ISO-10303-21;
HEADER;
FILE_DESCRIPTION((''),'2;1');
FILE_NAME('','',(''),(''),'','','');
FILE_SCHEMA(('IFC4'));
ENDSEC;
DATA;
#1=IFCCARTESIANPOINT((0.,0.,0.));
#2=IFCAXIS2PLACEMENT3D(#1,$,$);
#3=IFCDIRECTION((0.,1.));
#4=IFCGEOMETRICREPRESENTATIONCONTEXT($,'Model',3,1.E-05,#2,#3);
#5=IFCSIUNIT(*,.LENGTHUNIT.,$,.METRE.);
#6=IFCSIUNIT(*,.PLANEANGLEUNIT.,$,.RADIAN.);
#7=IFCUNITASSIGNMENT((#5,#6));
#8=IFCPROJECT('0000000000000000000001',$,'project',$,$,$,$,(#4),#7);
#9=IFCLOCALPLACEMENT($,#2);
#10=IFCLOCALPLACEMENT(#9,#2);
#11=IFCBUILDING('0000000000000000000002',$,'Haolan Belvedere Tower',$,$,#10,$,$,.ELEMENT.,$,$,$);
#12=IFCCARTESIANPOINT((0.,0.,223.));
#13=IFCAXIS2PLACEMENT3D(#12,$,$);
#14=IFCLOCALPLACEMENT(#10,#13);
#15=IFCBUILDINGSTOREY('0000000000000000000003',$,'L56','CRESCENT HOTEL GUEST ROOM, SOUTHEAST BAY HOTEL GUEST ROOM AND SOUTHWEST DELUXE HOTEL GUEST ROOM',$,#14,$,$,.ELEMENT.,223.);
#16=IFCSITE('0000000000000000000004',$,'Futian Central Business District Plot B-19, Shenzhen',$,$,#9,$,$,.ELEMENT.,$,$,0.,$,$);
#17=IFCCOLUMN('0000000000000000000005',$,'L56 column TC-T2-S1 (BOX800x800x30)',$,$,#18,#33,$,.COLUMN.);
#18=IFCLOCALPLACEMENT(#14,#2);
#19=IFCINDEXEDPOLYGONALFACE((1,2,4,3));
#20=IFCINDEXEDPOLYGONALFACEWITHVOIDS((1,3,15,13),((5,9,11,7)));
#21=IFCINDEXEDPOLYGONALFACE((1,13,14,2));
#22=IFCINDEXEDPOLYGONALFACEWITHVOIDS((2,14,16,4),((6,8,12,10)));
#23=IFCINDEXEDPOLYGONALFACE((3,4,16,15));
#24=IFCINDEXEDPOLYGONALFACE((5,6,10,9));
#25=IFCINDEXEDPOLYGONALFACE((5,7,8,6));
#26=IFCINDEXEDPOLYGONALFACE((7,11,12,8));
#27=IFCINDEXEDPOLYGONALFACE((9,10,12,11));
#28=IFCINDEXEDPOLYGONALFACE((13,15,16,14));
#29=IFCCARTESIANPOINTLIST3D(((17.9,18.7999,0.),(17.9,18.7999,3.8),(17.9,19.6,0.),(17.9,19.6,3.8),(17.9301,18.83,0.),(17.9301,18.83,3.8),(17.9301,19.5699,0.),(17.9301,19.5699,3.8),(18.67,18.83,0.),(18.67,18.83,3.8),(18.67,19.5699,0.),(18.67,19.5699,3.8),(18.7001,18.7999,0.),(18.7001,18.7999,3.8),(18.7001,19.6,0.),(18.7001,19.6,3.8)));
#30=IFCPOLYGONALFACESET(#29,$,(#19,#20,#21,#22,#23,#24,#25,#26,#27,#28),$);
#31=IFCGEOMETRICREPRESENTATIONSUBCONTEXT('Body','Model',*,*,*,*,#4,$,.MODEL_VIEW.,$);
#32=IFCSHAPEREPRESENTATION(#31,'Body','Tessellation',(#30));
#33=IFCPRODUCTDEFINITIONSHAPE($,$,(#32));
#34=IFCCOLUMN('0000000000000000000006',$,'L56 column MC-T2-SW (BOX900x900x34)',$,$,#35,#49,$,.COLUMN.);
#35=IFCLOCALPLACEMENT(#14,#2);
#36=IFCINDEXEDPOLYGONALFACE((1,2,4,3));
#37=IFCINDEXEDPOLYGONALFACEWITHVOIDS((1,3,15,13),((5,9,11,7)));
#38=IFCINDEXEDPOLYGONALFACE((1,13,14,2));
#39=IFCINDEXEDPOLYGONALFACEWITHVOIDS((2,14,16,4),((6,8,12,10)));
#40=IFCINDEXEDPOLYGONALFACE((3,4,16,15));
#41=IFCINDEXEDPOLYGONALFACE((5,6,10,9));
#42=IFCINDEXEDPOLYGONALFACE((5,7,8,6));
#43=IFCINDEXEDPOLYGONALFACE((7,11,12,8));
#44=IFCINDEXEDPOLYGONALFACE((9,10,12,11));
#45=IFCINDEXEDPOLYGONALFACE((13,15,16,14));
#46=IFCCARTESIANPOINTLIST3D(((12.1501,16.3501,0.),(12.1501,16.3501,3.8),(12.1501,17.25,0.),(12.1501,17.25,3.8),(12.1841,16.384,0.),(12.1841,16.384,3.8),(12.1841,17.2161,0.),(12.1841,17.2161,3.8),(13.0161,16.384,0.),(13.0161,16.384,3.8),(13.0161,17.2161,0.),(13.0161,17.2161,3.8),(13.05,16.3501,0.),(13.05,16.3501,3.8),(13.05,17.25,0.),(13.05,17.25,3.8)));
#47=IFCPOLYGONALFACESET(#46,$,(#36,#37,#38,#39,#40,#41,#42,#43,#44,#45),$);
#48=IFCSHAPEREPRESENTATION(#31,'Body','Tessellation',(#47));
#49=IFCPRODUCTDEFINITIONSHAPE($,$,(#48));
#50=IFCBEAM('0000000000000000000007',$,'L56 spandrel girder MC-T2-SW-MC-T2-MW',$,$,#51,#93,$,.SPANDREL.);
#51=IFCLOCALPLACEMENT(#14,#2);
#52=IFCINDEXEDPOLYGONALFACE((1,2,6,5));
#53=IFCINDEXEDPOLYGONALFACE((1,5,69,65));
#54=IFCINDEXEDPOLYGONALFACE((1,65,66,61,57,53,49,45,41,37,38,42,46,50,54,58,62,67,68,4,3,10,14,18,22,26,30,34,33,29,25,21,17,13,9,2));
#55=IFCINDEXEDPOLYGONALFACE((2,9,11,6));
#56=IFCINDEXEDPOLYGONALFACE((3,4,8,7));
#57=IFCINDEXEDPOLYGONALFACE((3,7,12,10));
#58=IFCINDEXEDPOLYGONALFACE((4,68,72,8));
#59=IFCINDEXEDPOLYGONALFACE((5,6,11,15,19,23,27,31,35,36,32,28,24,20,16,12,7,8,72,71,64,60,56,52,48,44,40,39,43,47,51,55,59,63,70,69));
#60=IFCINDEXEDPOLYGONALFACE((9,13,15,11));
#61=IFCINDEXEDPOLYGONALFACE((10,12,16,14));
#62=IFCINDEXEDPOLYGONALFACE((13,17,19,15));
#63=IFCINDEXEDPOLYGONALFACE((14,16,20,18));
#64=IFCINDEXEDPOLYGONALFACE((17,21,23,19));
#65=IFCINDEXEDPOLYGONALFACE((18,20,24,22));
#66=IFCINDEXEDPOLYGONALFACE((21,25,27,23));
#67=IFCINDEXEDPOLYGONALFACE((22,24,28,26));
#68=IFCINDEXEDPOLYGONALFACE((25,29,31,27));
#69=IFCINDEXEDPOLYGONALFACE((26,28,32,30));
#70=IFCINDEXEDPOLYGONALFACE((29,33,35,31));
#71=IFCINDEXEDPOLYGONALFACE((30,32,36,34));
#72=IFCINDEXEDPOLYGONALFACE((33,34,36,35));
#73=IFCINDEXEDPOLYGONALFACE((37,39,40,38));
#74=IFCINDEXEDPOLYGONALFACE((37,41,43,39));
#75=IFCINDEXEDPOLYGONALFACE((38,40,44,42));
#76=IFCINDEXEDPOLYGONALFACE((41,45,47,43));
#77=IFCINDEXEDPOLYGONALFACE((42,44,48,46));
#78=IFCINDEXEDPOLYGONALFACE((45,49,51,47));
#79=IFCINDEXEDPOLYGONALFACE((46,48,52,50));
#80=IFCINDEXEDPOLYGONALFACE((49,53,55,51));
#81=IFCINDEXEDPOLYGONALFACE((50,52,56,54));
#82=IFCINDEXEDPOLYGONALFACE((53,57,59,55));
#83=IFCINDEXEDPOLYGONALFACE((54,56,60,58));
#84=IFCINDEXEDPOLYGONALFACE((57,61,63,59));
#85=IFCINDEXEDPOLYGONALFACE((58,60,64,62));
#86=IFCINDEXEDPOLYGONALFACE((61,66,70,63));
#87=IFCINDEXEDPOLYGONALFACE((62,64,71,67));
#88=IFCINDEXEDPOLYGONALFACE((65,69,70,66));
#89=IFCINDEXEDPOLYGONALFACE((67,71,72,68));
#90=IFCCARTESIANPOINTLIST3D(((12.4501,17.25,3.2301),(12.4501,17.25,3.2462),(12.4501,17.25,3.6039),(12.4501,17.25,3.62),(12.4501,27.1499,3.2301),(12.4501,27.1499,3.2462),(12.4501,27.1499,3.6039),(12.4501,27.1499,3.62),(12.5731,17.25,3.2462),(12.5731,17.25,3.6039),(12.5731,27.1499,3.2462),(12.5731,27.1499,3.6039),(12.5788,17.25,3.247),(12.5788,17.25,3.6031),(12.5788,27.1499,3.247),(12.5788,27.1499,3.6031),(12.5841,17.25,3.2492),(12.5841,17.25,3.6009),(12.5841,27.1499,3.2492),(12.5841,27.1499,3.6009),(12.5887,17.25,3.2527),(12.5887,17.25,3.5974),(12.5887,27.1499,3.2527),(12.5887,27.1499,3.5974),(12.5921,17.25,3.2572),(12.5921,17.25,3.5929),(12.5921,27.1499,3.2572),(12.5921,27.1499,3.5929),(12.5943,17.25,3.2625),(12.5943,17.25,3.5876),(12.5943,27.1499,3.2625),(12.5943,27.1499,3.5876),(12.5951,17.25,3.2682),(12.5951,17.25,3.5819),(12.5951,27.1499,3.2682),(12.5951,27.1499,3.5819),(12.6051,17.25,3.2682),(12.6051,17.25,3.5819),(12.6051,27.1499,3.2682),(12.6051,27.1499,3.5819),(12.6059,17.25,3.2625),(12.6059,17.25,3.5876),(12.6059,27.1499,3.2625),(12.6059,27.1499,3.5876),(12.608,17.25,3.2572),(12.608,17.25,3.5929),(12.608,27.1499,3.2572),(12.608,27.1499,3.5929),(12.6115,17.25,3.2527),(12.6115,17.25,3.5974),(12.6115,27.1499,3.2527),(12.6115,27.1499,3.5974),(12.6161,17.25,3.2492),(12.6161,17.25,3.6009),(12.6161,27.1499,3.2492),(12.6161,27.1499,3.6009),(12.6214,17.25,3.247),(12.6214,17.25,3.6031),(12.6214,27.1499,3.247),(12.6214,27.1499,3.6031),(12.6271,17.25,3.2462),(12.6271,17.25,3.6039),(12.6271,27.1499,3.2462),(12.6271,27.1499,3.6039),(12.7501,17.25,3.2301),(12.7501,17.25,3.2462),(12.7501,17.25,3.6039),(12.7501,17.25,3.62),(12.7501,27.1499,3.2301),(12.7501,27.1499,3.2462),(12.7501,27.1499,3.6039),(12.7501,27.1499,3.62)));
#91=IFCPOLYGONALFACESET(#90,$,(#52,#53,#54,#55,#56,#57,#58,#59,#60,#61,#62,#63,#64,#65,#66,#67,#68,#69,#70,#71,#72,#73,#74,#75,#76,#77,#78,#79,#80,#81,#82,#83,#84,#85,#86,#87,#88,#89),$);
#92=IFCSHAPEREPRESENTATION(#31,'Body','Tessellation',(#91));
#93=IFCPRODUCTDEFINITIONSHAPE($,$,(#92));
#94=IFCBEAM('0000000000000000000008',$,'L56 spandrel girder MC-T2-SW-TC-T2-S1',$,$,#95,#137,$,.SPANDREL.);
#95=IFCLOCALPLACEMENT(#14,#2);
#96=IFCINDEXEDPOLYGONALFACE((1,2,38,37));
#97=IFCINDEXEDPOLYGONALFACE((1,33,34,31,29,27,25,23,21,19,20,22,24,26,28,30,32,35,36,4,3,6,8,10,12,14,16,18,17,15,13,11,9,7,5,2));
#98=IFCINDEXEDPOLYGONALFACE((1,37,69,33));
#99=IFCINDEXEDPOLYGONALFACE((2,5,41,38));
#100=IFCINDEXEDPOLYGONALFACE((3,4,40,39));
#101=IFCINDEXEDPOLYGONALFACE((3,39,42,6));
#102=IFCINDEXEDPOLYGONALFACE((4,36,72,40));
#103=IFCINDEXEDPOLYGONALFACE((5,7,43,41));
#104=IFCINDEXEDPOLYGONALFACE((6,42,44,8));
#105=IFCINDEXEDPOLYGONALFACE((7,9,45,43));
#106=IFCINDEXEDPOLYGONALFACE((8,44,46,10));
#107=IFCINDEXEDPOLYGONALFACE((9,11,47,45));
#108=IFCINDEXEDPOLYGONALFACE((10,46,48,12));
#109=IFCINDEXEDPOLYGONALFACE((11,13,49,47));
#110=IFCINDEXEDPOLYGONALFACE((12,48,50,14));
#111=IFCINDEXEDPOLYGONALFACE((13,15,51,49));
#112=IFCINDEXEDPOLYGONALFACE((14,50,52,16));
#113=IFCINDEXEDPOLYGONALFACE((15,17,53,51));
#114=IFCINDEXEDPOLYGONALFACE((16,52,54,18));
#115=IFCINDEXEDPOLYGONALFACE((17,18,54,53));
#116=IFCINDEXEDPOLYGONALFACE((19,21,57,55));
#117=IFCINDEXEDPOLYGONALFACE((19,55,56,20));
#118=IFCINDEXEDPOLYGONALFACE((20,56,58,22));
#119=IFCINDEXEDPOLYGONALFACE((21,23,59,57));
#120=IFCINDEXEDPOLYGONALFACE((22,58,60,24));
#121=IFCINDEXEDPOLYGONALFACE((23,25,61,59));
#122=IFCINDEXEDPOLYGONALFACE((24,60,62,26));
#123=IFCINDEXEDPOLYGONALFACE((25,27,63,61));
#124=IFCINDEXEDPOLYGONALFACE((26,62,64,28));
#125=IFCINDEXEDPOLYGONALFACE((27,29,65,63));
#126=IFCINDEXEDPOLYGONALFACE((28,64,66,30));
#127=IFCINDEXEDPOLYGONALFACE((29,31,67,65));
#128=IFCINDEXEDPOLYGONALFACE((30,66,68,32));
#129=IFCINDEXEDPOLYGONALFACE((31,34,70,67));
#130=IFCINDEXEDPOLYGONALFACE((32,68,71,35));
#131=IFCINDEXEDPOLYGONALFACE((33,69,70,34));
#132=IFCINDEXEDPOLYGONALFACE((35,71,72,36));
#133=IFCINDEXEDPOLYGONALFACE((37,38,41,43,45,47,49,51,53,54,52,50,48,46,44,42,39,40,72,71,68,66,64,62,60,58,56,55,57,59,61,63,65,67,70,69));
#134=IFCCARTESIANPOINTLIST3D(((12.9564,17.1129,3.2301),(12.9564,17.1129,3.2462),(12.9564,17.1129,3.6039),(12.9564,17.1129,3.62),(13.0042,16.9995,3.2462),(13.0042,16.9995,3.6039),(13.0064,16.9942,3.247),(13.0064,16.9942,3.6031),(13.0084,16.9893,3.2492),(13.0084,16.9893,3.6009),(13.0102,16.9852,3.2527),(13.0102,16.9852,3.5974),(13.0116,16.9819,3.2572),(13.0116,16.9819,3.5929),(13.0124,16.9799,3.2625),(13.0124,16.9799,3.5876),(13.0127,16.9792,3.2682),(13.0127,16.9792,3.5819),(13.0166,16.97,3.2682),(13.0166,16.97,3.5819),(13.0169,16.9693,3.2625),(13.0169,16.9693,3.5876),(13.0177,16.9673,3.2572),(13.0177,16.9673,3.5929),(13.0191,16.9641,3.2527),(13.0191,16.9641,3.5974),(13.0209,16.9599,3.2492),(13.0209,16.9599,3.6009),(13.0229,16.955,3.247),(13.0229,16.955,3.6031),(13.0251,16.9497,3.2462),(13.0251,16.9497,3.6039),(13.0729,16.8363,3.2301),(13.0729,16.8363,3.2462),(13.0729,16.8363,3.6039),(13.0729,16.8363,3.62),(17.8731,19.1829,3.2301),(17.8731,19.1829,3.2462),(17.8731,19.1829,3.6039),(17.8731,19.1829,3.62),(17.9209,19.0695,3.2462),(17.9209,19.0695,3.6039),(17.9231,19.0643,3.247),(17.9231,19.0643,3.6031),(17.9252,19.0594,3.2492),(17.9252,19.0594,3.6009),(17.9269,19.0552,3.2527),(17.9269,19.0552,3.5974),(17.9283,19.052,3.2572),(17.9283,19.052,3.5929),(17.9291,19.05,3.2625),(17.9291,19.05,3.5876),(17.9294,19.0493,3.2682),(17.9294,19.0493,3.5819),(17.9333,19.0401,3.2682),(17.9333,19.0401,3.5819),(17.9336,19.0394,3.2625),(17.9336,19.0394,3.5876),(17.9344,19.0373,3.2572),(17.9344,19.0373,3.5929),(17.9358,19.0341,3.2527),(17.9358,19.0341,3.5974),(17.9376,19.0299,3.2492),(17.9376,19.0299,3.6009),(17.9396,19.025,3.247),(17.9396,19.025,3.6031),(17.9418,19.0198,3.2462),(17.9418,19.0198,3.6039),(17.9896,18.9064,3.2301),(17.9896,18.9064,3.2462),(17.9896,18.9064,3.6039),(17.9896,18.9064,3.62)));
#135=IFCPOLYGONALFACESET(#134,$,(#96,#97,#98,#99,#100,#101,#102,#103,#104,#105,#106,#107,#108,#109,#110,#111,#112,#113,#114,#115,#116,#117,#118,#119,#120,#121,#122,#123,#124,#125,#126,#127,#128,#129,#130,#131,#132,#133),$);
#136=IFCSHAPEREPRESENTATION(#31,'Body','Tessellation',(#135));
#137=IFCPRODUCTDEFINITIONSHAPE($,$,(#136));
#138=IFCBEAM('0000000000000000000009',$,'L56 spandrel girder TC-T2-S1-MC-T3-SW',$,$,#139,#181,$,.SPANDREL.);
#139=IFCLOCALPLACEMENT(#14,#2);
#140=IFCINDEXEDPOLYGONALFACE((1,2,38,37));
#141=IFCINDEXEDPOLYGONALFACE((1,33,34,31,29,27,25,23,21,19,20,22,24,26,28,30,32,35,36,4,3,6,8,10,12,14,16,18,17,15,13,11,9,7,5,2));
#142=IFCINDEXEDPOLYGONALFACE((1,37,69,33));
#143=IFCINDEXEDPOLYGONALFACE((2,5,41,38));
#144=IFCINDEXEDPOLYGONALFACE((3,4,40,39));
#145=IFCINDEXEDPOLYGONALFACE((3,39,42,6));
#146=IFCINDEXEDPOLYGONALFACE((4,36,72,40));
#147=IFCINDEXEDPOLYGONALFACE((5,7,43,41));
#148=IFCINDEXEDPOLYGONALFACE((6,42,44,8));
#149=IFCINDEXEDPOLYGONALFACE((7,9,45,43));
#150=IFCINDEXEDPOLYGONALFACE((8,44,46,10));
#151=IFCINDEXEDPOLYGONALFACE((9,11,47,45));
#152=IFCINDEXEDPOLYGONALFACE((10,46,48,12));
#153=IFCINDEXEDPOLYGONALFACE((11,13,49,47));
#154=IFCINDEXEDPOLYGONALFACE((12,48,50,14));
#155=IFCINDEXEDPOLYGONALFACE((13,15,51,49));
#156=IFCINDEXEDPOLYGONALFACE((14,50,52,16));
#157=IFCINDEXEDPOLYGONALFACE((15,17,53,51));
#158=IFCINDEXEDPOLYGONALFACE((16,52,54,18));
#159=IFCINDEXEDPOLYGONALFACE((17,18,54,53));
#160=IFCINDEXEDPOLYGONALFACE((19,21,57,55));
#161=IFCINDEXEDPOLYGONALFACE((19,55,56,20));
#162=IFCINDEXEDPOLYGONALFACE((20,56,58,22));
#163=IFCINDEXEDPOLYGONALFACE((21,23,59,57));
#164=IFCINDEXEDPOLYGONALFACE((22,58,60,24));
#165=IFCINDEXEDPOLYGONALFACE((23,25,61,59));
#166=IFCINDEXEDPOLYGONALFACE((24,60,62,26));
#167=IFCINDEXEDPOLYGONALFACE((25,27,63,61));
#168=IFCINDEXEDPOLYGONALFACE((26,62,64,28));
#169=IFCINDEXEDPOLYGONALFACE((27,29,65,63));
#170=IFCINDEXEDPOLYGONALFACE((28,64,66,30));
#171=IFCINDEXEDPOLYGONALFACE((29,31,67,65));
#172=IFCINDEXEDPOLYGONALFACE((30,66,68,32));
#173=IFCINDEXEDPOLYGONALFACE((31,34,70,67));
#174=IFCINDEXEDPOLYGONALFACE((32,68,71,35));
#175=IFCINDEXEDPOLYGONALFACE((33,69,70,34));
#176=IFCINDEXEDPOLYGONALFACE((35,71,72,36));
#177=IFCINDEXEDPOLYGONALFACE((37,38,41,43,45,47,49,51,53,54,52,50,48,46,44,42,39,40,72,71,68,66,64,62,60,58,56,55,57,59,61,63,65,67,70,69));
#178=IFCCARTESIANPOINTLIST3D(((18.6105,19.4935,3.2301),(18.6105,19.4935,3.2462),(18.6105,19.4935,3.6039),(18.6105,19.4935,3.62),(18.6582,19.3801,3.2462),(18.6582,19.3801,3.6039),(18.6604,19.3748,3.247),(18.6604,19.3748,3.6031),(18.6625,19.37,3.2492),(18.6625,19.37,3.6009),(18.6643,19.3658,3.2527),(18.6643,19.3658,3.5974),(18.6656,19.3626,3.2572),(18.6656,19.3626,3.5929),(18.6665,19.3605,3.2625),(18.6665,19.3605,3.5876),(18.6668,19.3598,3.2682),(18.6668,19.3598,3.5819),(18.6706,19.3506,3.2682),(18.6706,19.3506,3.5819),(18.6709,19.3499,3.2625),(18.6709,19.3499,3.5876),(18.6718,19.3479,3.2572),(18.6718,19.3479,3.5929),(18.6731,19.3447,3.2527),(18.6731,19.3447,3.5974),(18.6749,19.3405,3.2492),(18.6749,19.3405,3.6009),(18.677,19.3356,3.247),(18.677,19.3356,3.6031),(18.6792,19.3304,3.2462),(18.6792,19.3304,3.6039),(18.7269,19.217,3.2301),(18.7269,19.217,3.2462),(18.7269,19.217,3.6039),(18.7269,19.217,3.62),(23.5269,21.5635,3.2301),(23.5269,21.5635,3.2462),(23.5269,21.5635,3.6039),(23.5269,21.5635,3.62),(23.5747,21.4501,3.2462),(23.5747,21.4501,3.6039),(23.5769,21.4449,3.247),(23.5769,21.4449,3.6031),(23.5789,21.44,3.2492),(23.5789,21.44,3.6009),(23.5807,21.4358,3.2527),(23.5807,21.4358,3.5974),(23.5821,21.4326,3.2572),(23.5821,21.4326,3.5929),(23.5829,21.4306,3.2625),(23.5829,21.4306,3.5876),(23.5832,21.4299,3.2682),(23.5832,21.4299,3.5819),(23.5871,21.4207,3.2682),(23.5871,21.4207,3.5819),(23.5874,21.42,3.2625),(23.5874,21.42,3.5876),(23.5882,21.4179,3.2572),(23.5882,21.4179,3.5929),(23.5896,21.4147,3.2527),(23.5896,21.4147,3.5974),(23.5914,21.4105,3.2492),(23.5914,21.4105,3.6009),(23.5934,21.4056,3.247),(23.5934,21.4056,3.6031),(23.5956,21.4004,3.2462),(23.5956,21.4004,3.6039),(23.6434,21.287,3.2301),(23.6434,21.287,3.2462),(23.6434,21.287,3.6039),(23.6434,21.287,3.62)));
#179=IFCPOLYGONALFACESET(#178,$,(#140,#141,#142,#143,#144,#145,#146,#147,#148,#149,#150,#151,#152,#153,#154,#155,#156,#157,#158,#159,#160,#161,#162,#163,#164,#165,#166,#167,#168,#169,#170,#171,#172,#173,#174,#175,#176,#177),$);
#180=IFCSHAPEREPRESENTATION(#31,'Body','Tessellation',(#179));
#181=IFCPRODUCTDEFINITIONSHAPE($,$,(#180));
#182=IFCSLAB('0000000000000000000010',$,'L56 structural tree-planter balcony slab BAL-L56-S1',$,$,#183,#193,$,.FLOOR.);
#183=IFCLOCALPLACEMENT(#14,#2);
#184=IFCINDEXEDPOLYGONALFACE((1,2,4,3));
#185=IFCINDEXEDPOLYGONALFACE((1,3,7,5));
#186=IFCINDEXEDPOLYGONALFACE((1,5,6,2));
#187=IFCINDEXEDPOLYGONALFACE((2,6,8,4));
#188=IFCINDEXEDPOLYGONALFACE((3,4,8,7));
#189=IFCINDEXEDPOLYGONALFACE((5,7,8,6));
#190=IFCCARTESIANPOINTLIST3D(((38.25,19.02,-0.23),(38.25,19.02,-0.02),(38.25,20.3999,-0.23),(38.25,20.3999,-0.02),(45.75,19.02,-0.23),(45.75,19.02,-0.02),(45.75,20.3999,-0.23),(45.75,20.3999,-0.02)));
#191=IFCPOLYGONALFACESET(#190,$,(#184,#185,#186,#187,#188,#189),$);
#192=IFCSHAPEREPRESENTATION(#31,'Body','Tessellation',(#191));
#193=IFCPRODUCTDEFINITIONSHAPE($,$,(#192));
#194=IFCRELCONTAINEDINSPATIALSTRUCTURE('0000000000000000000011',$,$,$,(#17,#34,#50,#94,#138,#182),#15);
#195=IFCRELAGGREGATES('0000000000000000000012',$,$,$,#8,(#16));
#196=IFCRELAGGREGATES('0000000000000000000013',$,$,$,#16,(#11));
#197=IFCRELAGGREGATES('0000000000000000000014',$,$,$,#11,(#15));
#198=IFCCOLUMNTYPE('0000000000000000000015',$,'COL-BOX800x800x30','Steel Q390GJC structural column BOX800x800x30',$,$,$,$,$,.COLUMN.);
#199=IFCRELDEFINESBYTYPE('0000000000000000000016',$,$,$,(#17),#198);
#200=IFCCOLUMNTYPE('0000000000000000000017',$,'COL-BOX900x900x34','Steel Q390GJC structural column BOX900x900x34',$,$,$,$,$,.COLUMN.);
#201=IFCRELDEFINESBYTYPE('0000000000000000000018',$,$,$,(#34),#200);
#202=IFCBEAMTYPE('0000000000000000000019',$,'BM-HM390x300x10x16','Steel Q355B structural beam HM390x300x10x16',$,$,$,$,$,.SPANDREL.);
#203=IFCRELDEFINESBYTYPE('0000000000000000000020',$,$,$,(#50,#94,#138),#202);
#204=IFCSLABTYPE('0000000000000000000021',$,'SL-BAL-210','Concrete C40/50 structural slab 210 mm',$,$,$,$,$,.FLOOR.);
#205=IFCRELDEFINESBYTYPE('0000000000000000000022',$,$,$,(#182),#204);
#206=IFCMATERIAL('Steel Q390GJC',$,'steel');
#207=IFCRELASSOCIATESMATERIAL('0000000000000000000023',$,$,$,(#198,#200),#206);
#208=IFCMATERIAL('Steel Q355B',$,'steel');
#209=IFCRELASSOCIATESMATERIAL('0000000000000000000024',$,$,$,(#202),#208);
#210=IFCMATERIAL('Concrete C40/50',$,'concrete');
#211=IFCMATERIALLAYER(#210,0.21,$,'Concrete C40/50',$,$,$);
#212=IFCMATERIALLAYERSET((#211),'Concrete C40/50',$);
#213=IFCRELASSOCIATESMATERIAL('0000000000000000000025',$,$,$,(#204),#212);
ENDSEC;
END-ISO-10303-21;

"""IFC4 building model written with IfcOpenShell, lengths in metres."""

from ifc_helpers import new_model, si_unit, direction, frame, origin, origin_2d, place, context, subcontext, project, spatial, polyline, hollow_rectangle, i_section, outline, extrude, material, layer, layer_set, material_profile, profile_set, type_object, element, save


model = new_model("IFC4")

# Units and contexts
model_context = context("Model", 3, precision=1e-05, world=origin(), true_north=direction((0.0, 1.0)))
body_context = subcontext(model_context, "Body", "Model", "MODEL_VIEW")
ifc_project = project(units=[si_unit("LENGTHUNIT", "METRE"), si_unit("PLANEANGLEUNIT", "RADIAN")], contexts=[model_context])

# Site, building, storey
site_placement = place(None, origin())
site = spatial("IfcSite", under=ifc_project, at=site_placement, Name="Futian Central Business District Plot B-19, Shenzhen", CompositionType="ELEMENT", RefElevation=0.0)
building_placement = place(site_placement, origin())
building = spatial("IfcBuilding", under=site, at=building_placement, Name="Haolan Belvedere Tower", CompositionType="ELEMENT")
storey_placement = place(building_placement, frame((0.0, 0.0, 223.0)))
storey = spatial("IfcBuildingStorey", under=building, at=storey_placement, Name="L56", Description="CRESCENT HOTEL GUEST ROOM, SOUTHEAST BAY HOTEL GUEST ROOM AND SOUTHWEST DELUXE HOTEL GUEST ROOM", CompositionType="ELEMENT", Elevation=223.0)

# Columns
ifc_material_1 = material(Name="Steel Q390GJC", Category="steel")
ifc_material_profile_1 = material_profile(ifc_material_1, hollow_rectangle(XDim=0.8, YDim=0.8, WallThickness=0.03, at=origin_2d()), Name="Steel Q390GJC")
ifc_profile_set_1 = profile_set([ifc_material_profile_1], Name="Steel Q390GJC")
column_type_1 = type_object("IfcColumnType", Name="COL-BOX800x800x30", Description="Steel Q390GJC structural column BOX800x800x30", PredefinedType="COLUMN", material=ifc_profile_set_1)
column_1_placement = place(storey_placement, frame((18.3, 19.2, 0.0), z_axis=(0.0, 0.0, 1.0), x_axis=(1.0, 0.0, 0.0)))
element("IfcColumn", 1, at=column_1_placement, inside=storey, type_object=column_type_1, Name="L56 column TC-T2-S1 (BOX800x800x30)", PredefinedType="COLUMN", context=body_context, shape_type="SweptSolid", body=[
    extrude(hollow_rectangle(XDim=0.8, YDim=0.8, WallThickness=0.03, at=origin_2d()), origin(), (0.0, 0.0, 1.0), 3.8),
])
ifc_material_profile_2 = material_profile(ifc_material_1, hollow_rectangle(XDim=0.8999, YDim=0.8999, WallThickness=0.0339, at=origin_2d()), Name="Steel Q390GJC")
ifc_profile_set_2 = profile_set([ifc_material_profile_2], Name="Steel Q390GJC")
column_type_2 = type_object("IfcColumnType", Name="COL-BOX900x900x34", Description="Steel Q390GJC structural column BOX900x900x34", PredefinedType="COLUMN", material=ifc_profile_set_2)
column_2_placement = place(storey_placement, frame((12.6001, 16.8, 0.0), z_axis=(0.0, 0.0, 1.0), x_axis=(1.0, 0.0, 0.0)))
element("IfcColumn", 2, at=column_2_placement, inside=storey, type_object=column_type_2, Name="L56 column MC-T2-SW (BOX900x900x34)", PredefinedType="COLUMN", context=body_context, shape_type="SweptSolid", body=[
    extrude(hollow_rectangle(XDim=0.8999, YDim=0.8999, WallThickness=0.0339, at=origin_2d()), origin(), (0.0, 0.0, 1.0), 3.8),
])

# Beams
ifc_material_2 = material(Name="Steel Q355B", Category="steel")
ifc_material_profile_3 = material_profile(ifc_material_2, i_section(OverallWidth=0.3, OverallDepth=0.3899, WebThickness=0.01, FlangeThickness=0.0161, FilletRadius=0.022, at=origin_2d()), Name="Steel Q355B")
ifc_profile_set_3 = profile_set([ifc_material_profile_3], Name="Steel Q355B")
beam_type = type_object("IfcBeamType", Name="BM-HM390x300x10x16", Description="Steel Q355B structural beam HM390x300x10x16", PredefinedType="SPANDREL", material=ifc_profile_set_3)
beam_1_placement = place(storey_placement, frame((12.6001, 17.25, 3.425), z_axis=(0.0, 1.0, 0.0), x_axis=(-1.0, 0.0, 0.0)))
element("IfcBeam", 3, at=beam_1_placement, inside=storey, type_object=beam_type, Name="L56 spandrel girder MC-T2-SW-MC-T2-MW", PredefinedType="SPANDREL", context=body_context, shape_type="SweptSolid", body=[
    extrude(i_section(OverallWidth=0.3, OverallDepth=0.3899, WebThickness=0.01, FlangeThickness=0.0161, FilletRadius=0.022, at=origin_2d()), origin(), (0.0, 0.0, 1.0), 9.8999),
])
beam_2_placement = place(storey_placement, frame((13.0146, 16.9746, 3.425), z_axis=(0.921645, 0.388034, 0.0), x_axis=(-0.388034, 0.921645, 0.0)))
element("IfcBeam", 4, at=beam_2_placement, inside=storey, type_object=beam_type, Name="L56 spandrel girder MC-T2-SW-TC-T2-S1", PredefinedType="SPANDREL", context=body_context, shape_type="SweptSolid", body=[
    extrude(i_section(OverallWidth=0.3, OverallDepth=0.3899, WebThickness=0.01, FlangeThickness=0.0161, FilletRadius=0.022, at=origin_2d()), origin(), (0.0, 0.0, 1.0), 5.3347),
])
beam_3_placement = place(storey_placement, frame((18.6687, 19.3552, 3.425), z_axis=(0.921638, 0.388051, 0.0), x_axis=(-0.388051, 0.921638, 0.0)))
element("IfcBeam", 5, at=beam_3_placement, inside=storey, type_object=beam_type, Name="L56 spandrel girder TC-T2-S1-MC-T3-SW", PredefinedType="SPANDREL", context=body_context, shape_type="SweptSolid", body=[
    extrude(i_section(OverallWidth=0.3, OverallDepth=0.3899, WebThickness=0.01, FlangeThickness=0.0161, FilletRadius=0.022, at=origin_2d()), origin(), (0.0, 0.0, 1.0), 5.3345),
])

# Slab
ifc_material_3 = material(Name="Concrete C40/50", Category="concrete")
ifc_layer_1 = layer(ifc_material_3, 0.21, Name="Concrete C40/50")
ifc_layer_set_1 = layer_set([ifc_layer_1], Name="Concrete C40/50")
slab_type_1 = type_object("IfcSlabType", Name="SL-BAL-210", Description="Concrete C40/50 structural slab 210 mm", PredefinedType="FLOOR", material=ifc_layer_set_1)
slab_1_placement = place(storey_placement, frame((0.0, 0.0, -0.23)))
element("IfcSlab", 6, at=slab_1_placement, inside=storey, type_object=slab_type_1, Name="L56 structural tree-planter balcony slab BAL-L56-S1", PredefinedType="FLOOR", context=body_context, shape_type="SweptSolid", body=[
    extrude(outline(polyline([(38.25, 19.02), (45.75, 19.02), (45.75, 20.3999), (38.25, 20.3999), (38.25, 19.02)])), origin(), (0.0, 0.0, 1.0), 0.21),
])

save(model, "model.ifc")
